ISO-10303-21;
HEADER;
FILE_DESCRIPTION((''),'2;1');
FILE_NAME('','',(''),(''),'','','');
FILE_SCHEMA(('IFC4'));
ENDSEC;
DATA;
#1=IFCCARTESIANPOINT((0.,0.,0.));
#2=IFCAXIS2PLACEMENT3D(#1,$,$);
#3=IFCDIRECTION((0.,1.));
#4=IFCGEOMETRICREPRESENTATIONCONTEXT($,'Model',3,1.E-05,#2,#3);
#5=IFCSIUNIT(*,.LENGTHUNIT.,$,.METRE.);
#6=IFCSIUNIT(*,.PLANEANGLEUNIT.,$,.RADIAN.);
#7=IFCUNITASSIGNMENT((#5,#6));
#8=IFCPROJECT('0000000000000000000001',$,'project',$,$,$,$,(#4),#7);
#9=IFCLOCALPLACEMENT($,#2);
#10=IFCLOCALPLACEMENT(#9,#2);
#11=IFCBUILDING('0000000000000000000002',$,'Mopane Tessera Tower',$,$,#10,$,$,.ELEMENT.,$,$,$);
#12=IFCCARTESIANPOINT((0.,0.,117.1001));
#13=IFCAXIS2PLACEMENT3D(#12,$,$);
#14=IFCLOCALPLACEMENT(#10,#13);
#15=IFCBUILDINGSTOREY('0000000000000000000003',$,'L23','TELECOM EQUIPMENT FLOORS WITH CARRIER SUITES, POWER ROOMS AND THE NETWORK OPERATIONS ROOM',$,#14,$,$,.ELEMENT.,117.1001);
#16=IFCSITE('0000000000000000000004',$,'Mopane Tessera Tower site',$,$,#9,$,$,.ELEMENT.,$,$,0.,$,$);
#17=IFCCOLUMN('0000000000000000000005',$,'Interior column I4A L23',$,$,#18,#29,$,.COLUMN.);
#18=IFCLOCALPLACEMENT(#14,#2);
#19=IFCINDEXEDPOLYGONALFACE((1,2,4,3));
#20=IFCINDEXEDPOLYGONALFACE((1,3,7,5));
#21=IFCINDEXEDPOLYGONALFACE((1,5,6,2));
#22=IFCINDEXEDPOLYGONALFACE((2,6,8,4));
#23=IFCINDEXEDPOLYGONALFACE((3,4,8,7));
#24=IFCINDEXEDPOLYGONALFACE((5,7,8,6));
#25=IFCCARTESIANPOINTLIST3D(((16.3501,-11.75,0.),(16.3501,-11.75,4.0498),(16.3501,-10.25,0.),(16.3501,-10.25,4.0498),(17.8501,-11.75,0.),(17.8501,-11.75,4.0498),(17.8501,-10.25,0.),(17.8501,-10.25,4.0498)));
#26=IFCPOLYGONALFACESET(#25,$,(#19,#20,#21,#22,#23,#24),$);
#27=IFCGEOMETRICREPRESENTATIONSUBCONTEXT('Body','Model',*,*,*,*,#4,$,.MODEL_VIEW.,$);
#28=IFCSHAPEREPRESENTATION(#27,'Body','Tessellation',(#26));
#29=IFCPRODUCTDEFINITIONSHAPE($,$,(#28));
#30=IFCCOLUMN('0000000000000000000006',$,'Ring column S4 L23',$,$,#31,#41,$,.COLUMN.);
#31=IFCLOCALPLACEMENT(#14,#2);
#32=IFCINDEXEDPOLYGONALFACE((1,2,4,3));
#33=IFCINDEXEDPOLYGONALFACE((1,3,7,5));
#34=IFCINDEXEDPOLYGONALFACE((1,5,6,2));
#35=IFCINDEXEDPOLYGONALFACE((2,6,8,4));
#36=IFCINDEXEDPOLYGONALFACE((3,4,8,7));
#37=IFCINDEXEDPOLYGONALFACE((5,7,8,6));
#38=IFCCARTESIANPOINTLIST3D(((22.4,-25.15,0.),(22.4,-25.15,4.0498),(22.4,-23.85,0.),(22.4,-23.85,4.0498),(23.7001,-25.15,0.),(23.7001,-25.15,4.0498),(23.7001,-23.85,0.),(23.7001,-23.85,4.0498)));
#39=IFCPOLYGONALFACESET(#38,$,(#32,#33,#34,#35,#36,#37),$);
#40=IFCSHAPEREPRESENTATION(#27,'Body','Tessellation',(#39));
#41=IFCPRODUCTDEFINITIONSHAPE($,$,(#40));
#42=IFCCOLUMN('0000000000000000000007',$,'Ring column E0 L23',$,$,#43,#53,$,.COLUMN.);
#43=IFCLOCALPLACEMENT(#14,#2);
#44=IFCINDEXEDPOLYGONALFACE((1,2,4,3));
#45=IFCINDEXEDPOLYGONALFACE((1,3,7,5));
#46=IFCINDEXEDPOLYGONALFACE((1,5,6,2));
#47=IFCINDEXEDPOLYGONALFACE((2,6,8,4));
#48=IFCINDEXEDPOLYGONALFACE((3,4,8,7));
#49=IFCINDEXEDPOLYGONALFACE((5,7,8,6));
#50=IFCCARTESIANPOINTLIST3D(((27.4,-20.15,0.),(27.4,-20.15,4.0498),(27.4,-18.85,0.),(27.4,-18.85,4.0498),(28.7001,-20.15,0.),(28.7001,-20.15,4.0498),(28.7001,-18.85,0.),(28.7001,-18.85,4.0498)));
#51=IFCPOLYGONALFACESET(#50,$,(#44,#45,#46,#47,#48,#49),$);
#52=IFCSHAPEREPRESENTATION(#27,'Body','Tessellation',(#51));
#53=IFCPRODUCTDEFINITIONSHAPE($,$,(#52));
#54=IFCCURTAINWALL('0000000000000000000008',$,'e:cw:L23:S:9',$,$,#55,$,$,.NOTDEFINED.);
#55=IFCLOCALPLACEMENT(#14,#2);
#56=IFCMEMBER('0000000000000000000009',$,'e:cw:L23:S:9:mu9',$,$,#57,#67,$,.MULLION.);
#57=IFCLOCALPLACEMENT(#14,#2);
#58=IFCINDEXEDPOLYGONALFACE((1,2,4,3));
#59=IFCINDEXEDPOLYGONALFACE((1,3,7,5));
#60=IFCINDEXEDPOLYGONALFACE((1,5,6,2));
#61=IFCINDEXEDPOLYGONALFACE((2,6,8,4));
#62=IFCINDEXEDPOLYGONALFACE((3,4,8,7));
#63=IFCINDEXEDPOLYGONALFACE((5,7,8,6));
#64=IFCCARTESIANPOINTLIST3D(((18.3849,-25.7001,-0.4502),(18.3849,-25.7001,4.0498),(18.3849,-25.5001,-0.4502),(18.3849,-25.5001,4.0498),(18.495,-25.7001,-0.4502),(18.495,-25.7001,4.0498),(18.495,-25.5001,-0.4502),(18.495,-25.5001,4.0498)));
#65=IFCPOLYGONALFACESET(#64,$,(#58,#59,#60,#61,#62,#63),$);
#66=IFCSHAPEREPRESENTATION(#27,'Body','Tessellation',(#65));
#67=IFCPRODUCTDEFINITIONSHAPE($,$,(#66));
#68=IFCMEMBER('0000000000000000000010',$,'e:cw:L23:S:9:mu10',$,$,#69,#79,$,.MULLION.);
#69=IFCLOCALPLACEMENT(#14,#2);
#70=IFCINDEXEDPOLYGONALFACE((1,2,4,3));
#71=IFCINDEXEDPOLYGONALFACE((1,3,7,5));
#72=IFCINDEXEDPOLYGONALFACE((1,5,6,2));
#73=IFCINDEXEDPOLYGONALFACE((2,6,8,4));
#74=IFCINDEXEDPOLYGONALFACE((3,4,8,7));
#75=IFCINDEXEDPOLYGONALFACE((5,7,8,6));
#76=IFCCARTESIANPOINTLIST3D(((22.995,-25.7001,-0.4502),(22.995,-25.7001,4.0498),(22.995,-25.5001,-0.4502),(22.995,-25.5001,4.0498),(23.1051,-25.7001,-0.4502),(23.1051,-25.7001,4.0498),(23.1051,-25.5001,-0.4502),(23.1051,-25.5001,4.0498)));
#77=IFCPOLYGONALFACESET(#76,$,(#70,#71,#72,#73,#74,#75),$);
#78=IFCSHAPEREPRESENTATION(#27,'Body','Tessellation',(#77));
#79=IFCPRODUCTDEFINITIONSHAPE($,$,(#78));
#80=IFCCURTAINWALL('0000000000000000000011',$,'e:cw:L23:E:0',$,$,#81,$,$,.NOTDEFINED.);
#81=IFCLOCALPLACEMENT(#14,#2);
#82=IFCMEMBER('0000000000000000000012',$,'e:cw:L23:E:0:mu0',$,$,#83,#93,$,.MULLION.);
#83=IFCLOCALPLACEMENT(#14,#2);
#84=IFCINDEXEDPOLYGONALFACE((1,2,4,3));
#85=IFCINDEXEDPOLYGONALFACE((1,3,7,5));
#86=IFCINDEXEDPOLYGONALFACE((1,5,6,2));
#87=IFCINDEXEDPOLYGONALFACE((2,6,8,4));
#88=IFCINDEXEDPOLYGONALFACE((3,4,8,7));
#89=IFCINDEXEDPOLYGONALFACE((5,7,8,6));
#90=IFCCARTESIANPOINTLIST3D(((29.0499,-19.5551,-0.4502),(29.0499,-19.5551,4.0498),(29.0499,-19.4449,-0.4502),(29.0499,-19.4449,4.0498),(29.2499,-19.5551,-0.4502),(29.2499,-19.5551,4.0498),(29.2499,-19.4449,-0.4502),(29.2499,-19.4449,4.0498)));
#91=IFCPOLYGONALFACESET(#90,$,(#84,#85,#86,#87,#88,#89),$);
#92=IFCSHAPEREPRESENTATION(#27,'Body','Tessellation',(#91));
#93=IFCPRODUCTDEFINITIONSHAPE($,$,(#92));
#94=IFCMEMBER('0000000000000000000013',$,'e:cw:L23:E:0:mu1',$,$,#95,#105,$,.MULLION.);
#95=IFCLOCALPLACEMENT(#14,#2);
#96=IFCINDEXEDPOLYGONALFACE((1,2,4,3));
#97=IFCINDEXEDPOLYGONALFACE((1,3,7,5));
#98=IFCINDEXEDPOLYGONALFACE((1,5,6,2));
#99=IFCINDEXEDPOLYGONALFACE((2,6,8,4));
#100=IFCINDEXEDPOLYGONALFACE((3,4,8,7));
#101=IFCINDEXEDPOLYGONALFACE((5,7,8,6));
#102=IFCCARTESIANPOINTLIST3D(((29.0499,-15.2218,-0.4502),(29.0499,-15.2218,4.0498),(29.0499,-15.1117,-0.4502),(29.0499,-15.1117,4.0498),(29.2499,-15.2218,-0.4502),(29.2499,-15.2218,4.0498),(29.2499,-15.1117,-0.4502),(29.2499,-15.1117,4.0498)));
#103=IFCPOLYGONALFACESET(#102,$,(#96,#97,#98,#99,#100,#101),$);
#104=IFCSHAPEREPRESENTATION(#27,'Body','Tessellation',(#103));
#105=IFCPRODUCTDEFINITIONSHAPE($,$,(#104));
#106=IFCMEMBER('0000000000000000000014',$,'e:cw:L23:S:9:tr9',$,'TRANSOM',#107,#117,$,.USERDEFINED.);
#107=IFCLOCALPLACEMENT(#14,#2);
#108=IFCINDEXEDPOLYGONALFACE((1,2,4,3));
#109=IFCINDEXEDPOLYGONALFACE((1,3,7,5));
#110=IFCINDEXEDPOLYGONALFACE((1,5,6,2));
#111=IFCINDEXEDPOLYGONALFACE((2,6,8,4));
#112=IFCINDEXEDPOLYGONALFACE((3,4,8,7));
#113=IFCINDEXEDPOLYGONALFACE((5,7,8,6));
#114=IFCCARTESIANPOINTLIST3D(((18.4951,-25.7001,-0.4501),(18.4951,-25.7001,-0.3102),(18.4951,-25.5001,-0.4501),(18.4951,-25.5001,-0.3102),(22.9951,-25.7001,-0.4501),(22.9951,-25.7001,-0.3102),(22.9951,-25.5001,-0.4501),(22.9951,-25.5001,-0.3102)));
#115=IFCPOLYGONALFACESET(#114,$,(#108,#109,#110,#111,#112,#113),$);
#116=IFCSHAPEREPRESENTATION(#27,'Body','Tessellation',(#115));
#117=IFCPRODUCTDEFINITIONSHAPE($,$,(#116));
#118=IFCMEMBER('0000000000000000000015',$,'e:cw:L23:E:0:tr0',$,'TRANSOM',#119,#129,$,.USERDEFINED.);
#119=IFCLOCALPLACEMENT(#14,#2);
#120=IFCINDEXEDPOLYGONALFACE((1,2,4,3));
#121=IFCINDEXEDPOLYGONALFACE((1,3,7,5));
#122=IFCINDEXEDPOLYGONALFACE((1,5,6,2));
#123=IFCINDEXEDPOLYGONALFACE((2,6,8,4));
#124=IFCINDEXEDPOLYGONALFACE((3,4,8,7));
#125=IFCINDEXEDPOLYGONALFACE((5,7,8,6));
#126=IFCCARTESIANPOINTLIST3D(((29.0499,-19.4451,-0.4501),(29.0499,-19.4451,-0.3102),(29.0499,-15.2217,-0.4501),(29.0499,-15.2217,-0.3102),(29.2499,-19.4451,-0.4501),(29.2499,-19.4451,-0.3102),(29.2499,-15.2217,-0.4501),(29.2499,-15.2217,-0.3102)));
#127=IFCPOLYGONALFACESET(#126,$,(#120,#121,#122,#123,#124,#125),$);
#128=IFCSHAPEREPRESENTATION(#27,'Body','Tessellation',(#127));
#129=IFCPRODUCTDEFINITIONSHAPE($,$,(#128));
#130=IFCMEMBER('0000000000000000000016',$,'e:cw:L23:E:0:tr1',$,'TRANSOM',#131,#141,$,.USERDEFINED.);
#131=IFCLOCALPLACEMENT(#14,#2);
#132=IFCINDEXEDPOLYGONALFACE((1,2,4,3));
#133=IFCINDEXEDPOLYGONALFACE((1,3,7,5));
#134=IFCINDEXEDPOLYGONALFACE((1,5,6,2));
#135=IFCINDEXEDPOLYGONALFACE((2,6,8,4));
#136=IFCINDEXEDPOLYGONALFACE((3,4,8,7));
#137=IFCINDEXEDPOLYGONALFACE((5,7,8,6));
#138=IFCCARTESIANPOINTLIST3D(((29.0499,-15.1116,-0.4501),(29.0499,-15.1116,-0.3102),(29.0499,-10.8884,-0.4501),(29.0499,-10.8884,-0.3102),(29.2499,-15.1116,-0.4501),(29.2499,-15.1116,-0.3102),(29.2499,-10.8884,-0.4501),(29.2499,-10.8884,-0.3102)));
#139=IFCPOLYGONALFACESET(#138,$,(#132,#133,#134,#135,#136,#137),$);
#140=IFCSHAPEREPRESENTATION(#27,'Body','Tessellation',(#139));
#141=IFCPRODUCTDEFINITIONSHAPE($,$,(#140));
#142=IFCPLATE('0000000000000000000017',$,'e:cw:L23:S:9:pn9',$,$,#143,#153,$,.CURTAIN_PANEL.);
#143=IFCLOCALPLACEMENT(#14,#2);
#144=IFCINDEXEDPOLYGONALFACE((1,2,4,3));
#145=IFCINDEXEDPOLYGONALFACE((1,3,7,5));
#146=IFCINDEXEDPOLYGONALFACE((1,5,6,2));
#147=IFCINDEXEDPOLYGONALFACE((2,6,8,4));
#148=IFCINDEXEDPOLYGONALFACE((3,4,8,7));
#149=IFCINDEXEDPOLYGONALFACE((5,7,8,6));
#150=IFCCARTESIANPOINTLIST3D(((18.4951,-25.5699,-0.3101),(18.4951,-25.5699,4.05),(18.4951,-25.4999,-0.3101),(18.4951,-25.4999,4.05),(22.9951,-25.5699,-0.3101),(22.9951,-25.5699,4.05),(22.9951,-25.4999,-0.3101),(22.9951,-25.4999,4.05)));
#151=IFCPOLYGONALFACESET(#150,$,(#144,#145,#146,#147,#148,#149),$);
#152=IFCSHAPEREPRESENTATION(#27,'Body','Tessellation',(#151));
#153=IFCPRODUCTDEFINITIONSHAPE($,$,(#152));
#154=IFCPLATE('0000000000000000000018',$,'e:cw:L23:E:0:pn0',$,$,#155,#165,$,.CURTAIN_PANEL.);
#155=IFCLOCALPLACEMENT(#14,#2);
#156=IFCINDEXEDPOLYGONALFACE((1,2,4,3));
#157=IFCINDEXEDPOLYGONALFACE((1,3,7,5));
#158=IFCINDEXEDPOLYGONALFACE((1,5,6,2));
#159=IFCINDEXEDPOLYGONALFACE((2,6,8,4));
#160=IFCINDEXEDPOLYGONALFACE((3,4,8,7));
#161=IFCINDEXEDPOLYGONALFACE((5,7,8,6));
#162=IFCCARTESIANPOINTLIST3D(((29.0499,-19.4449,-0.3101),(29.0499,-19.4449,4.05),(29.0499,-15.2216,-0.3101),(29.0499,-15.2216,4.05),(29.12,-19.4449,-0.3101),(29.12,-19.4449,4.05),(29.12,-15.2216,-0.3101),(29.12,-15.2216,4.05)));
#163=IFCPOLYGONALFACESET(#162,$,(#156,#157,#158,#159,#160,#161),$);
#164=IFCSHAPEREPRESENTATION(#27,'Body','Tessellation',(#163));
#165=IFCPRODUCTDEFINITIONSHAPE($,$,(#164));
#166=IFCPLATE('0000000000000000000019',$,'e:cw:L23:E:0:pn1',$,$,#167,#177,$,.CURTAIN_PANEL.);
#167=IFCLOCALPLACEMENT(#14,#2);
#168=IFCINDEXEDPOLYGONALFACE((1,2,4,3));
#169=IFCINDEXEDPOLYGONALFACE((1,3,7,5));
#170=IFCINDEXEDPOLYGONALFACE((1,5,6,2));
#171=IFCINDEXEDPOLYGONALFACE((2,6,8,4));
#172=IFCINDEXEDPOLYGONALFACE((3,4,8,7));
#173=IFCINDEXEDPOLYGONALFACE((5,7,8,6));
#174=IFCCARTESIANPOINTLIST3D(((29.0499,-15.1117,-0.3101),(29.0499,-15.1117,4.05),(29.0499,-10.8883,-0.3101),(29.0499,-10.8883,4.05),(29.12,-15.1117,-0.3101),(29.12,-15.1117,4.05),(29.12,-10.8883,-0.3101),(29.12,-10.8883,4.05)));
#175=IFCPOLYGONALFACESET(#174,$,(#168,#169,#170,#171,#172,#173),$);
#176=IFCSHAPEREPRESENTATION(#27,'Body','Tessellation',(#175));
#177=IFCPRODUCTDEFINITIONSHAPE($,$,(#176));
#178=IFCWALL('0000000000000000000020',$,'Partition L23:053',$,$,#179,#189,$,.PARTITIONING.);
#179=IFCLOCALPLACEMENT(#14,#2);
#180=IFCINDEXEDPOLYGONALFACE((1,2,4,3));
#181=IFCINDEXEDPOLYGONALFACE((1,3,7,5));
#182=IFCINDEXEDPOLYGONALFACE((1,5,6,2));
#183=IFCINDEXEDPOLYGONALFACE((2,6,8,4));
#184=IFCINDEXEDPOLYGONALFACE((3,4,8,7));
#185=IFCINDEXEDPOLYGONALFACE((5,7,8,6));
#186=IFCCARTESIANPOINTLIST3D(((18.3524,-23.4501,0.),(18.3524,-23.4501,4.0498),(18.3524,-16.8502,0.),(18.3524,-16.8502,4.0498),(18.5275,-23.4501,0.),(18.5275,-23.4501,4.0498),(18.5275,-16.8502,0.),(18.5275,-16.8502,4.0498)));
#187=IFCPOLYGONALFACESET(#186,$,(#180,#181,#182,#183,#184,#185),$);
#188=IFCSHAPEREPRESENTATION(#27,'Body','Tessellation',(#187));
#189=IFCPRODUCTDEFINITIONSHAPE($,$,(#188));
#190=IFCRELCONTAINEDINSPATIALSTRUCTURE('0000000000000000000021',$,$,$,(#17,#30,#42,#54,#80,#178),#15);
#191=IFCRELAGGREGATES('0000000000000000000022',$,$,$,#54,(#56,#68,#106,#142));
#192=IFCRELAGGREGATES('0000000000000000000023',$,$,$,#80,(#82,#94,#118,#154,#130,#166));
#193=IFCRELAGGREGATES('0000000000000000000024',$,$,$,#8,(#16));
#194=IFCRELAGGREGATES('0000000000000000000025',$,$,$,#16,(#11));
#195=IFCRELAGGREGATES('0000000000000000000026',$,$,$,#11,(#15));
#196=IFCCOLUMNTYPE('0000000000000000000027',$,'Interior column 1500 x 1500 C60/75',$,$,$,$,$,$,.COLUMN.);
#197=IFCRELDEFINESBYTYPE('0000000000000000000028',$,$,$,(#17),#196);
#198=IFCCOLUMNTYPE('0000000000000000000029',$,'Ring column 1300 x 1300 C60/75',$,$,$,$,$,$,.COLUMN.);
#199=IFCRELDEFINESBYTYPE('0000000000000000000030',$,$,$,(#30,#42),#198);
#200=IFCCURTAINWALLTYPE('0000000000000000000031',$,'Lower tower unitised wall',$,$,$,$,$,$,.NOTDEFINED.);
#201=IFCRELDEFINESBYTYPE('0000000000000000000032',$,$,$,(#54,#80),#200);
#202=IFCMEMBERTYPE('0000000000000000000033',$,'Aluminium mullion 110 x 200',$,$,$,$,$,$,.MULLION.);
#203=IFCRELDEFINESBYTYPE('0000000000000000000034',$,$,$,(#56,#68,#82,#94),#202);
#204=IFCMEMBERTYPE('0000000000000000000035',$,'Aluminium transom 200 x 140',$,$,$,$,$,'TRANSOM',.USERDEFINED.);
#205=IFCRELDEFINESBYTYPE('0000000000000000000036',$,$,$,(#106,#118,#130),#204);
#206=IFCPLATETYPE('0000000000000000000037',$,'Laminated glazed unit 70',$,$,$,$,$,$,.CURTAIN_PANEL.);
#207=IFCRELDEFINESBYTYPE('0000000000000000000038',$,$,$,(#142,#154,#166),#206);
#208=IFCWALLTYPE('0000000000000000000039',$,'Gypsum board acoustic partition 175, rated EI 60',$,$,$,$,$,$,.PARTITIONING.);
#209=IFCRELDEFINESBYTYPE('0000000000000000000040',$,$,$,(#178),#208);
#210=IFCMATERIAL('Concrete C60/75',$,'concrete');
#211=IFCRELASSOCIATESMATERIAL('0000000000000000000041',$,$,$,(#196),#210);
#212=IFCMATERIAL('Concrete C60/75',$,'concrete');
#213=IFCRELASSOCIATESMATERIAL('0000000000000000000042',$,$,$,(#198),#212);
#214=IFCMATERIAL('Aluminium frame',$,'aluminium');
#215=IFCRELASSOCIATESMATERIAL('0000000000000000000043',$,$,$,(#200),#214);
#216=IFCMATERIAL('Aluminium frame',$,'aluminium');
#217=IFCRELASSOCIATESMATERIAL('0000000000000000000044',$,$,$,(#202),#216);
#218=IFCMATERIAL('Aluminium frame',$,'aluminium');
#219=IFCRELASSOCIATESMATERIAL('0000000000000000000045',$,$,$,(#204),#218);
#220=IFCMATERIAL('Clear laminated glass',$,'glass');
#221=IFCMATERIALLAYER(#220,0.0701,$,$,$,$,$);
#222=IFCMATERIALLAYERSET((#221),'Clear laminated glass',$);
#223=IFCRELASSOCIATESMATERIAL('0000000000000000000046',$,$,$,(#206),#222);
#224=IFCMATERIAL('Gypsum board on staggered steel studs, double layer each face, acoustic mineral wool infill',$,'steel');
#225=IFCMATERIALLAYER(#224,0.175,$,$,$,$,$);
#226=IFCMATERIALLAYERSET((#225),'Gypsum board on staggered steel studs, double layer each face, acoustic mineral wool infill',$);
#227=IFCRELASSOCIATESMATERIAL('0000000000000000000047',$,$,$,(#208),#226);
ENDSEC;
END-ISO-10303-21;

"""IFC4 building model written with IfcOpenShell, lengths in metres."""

from ifc_helpers import new_model, si_unit, direction, frame, frame_2d, origin, origin_2d, place, context, subcontext, project, spatial, rectangle, extrude, material, layer, layer_set, material_profile, profile_set, type_object, element, aggregate, save


model = new_model("IFC4")

# Units and contexts
model_context = context("Model", 3, precision=1e-05, world=origin(), true_north=direction((0.0, 1.0)))
body_context = subcontext(model_context, "Body", "Model", "MODEL_VIEW")
ifc_project = project(units=[si_unit("LENGTHUNIT", "METRE"), si_unit("PLANEANGLEUNIT", "RADIAN")], contexts=[model_context])

# Site, building, storey
site_placement = place(None, origin())
site = spatial("IfcSite", under=ifc_project, at=site_placement, Name="Mopane Tessera Tower site", CompositionType="ELEMENT", RefElevation=0.0)
building_placement = place(site_placement, origin())
building = spatial("IfcBuilding", under=site, at=building_placement, Name="Mopane Tessera Tower", CompositionType="ELEMENT")
storey_placement = place(building_placement, frame((0.0, 0.0, 117.1001)))
storey = spatial("IfcBuildingStorey", under=building, at=storey_placement, Name="L23", Description="TELECOM EQUIPMENT FLOORS WITH CARRIER SUITES, POWER ROOMS AND THE NETWORK OPERATIONS ROOM", CompositionType="ELEMENT", Elevation=117.1001)

# Columns
ifc_material_1 = material(Name="Concrete C60/75", Category="concrete")
ifc_material_profile_1 = material_profile(ifc_material_1, rectangle(XDim=1.5, YDim=1.5, at=origin_2d()))
ifc_profile_set_1 = profile_set([ifc_material_profile_1], Name="Concrete C60/75")
column_type_1 = type_object("IfcColumnType", Name="Interior column 1500 x 1500 C60/75", PredefinedType="COLUMN", material=ifc_profile_set_1)
column_placement = place(storey_placement, frame((17.1001, -11.0, 0.0), z_axis=(0.0, 0.0, 1.0), x_axis=(1.0, 0.0, 0.0)))
element("IfcColumn", 1, at=column_placement, inside=storey, type_object=column_type_1, Name="Interior column I4A L23", PredefinedType="COLUMN", context=body_context, shape_type="SweptSolid", body=[
    extrude(rectangle(XDim=1.5, YDim=1.5, at=origin_2d()), origin(), (0.0, 0.0, 1.0), 4.0498),
])
ifc_material_2 = material(Name="Concrete C60/75", Category="concrete")
ifc_material_profile_2 = material_profile(ifc_material_2, rectangle(XDim=1.3, YDim=1.3, at=origin_2d()))
ifc_profile_set_2 = profile_set([ifc_material_profile_2], Name="Concrete C60/75")
column_type_2 = type_object("IfcColumnType", Name="Ring column 1300 x 1300 C60/75", PredefinedType="COLUMN", material=ifc_profile_set_2)
for number, where, z_axis, x_axis, name in (
    (2, (23.05, -24.5, 0.0), (0.0, 0.0, 1.0), (1.0, 0.0, 0.0), "Ring column S4 L23"),
    (3, (28.05, -19.5, 0.0), (0.0, 0.0, 1.0), (1.0, 0.0, 0.0), "Ring column E0 L23"),
):
    element("IfcColumn", number, at=place(storey_placement, frame(where, z_axis=z_axis, x_axis=x_axis)), inside=storey, type_object=column_type_2, Name=name, PredefinedType="COLUMN", context=body_context, shape_type="SweptSolid", body=[
        extrude(rectangle(XDim=1.3, YDim=1.3, at=origin_2d()), origin(), (0.0, 0.0, 1.0), 4.0498),
    ])

# Curtain walls, members
ifc_material_3 = material(Name="Aluminium frame", Category="aluminium")
curtain_wall_type = type_object("IfcCurtainWallType", Name="Lower tower unitised wall", PredefinedType="NOTDEFINED", material=ifc_material_3)
curtain_wall_1_placement = place(storey_placement, origin())
curtain_wall_1 = element("IfcCurtainWall", 4, at=curtain_wall_1_placement, inside=storey, type_object=curtain_wall_type, Name="e:cw:L23:S:9", PredefinedType="NOTDEFINED")
ifc_material_4 = material(Name="Aluminium frame", Category="aluminium")
ifc_material_profile_3 = material_profile(ifc_material_4, rectangle(XDim=0.1101, YDim=0.2, at=origin_2d()))
ifc_profile_set_3 = profile_set([ifc_material_profile_3], Name="Aluminium frame")
member_type_1 = type_object("IfcMemberType", Name="Aluminium mullion 110 x 200", PredefinedType="MULLION", material=ifc_profile_set_3)
member_1_placement = place(storey_placement, frame((18.4399, -25.6001, -0.4502), z_axis=(0.0, 0.0, 1.0), x_axis=(1.0, 0.0, 0.0)))
member_1 = element("IfcMember", 5, at=member_1_placement, type_object=member_type_1, Name="e:cw:L23:S:9:mu9", PredefinedType="MULLION", context=body_context, shape_type="SweptSolid", body=[
    extrude(rectangle(XDim=0.1101, YDim=0.2, at=origin_2d()), origin(), (0.0, 0.0, 1.0), 4.5),
])
member_2_placement = place(storey_placement, frame((23.05, -25.6001, -0.4502), z_axis=(0.0, 0.0, 1.0), x_axis=(1.0, 0.0, 0.0)))
member_2 = element("IfcMember", 6, at=member_2_placement, type_object=member_type_1, Name="e:cw:L23:S:9:mu10", PredefinedType="MULLION", context=body_context, shape_type="SweptSolid", body=[
    extrude(rectangle(XDim=0.1101, YDim=0.2, at=origin_2d()), origin(), (0.0, 0.0, 1.0), 4.5),
])
curtain_wall_2_placement = place(storey_placement, origin())
curtain_wall_2 = element("IfcCurtainWall", 7, at=curtain_wall_2_placement, inside=storey, type_object=curtain_wall_type, Name="e:cw:L23:E:0", PredefinedType="NOTDEFINED")
member_3_placement = place(storey_placement, frame((29.1499, -19.5, -0.4502), z_axis=(0.0, 0.0, 1.0), x_axis=(0.0, 1.0, 0.0)))
member_3 = element("IfcMember", 8, at=member_3_placement, type_object=member_type_1, Name="e:cw:L23:E:0:mu0", PredefinedType="MULLION", context=body_context, shape_type="SweptSolid", body=[
    extrude(rectangle(XDim=0.1101, YDim=0.2, at=origin_2d()), origin(), (0.0, 0.0, 1.0), 4.5),
])
member_4_placement = place(storey_placement, frame((29.1499, -15.1667, -0.4502), z_axis=(0.0, 0.0, 1.0), x_axis=(0.0, 1.0, 0.0)))
member_4 = element("IfcMember", 9, at=member_4_placement, type_object=member_type_1, Name="e:cw:L23:E:0:mu1", PredefinedType="MULLION", context=body_context, shape_type="SweptSolid", body=[
    extrude(rectangle(XDim=0.1101, YDim=0.2, at=origin_2d()), origin(), (0.0, 0.0, 1.0), 4.5),
])

# Members
ifc_material_5 = material(Name="Aluminium frame", Category="aluminium")
ifc_material_profile_4 = material_profile(ifc_material_5, rectangle(XDim=0.2, YDim=0.1399, at=origin_2d()))
ifc_profile_set_4 = profile_set([ifc_material_profile_4], Name="Aluminium frame")
member_type_2 = type_object("IfcMemberType", Name="Aluminium transom 200 x 140", ElementType="TRANSOM", PredefinedType="USERDEFINED", material=ifc_profile_set_4)
member_5_placement = place(storey_placement, frame((18.4951, -25.6001, -0.3801), z_axis=(1.0, 0.0, 0.0), x_axis=(0.0, 1.0, 0.0)))
member_5 = element("IfcMember", 10, at=member_5_placement, type_object=member_type_2, Name="e:cw:L23:S:9:tr9", ObjectType="TRANSOM", PredefinedType="USERDEFINED", context=body_context, shape_type="SweptSolid", body=[
    extrude(rectangle(XDim=0.2, YDim=0.1399, at=origin_2d()), origin(), (0.0, 0.0, 1.0), 4.5),
])
member_6_placement = place(storey_placement, frame((29.1499, -19.4451, -0.3801), z_axis=(0.0, 1.0, 0.0), x_axis=(-1.0, 0.0, 0.0)))
member_6 = element("IfcMember", 11, at=member_6_placement, type_object=member_type_2, Name="e:cw:L23:E:0:tr0", ObjectType="TRANSOM", PredefinedType="USERDEFINED", context=body_context, shape_type="SweptSolid", body=[
    extrude(rectangle(XDim=0.2, YDim=0.1399, at=origin_2d()), origin(), (0.0, 0.0, 1.0), 4.2234),
])
member_7_placement = place(storey_placement, frame((29.1499, -15.1116, -0.3801), z_axis=(0.0, 1.0, 0.0), x_axis=(-1.0, 0.0, 0.0)))
member_7 = element("IfcMember", 12, at=member_7_placement, type_object=member_type_2, Name="e:cw:L23:E:0:tr1", ObjectType="TRANSOM", PredefinedType="USERDEFINED", context=body_context, shape_type="SweptSolid", body=[
    extrude(rectangle(XDim=0.2, YDim=0.1399, at=origin_2d()), origin(), (0.0, 0.0, 1.0), 4.2231),
])

# Plates
ifc_material_6 = material(Name="Clear laminated glass", Category="glass")
ifc_layer_1 = layer(ifc_material_6, 0.0701)
ifc_layer_set_1 = layer_set([ifc_layer_1], Name="Clear laminated glass")
plate_type = type_object("IfcPlateType", Name="Laminated glazed unit 70", PredefinedType="CURTAIN_PANEL", material=ifc_layer_set_1)
plate_1_placement = place(storey_placement, frame((20.7451, -25.5349, -0.3101), z_axis=(0.0, 0.0, 1.0), x_axis=(1.0, 0.0, 0.0)))
plate_1 = element("IfcPlate", 13, at=plate_1_placement, type_object=plate_type, Name="e:cw:L23:S:9:pn9", PredefinedType="CURTAIN_PANEL", context=body_context, shape_type="SweptSolid", body=[
    extrude(rectangle(XDim=4.5, YDim=0.0701, at=origin_2d()), origin(), (0.0, 0.0, 1.0), 4.3601),
])
aggregate(curtain_wall_1, [member_1, member_2, member_5, plate_1])
plate_2_placement = place(storey_placement, frame((29.085, -17.3333, -0.3101), z_axis=(0.0, 0.0, 1.0), x_axis=(0.0, 1.0, 0.0)))
plate_2 = element("IfcPlate", 14, at=plate_2_placement, type_object=plate_type, Name="e:cw:L23:E:0:pn0", PredefinedType="CURTAIN_PANEL", context=body_context, shape_type="SweptSolid", body=[
    extrude(rectangle(XDim=4.2234, YDim=0.0701, at=origin_2d()), origin(), (0.0, 0.0, 1.0), 4.3601),
])
plate_3_placement = place(storey_placement, frame((29.085, -13.0, -0.3101), z_axis=(0.0, 0.0, 1.0), x_axis=(0.0, 1.0, 0.0)))
plate_3 = element("IfcPlate", 15, at=plate_3_placement, type_object=plate_type, Name="e:cw:L23:E:0:pn1", PredefinedType="CURTAIN_PANEL", context=body_context, shape_type="SweptSolid", body=[
    extrude(rectangle(XDim=4.2234, YDim=0.0701, at=origin_2d()), origin(), (0.0, 0.0, 1.0), 4.3601),
])
aggregate(curtain_wall_2, [member_3, member_4, member_6, plate_2, member_7, plate_3])

# Wall
ifc_material_7 = material(Name="Gypsum board on staggered steel studs, double layer each face, acoustic mineral wool infill", Category="steel")
ifc_layer_2 = layer(ifc_material_7, 0.175)
ifc_layer_set_2 = layer_set([ifc_layer_2], Name="Gypsum board on staggered steel studs, double layer each face, acoustic mineral wool infill")
wall_type_1 = type_object("IfcWallType", Name="Gypsum board acoustic partition 175, rated EI 60", PredefinedType="PARTITIONING", material=ifc_layer_set_2)
wall_1_placement = place(storey_placement, frame((18.4399, -23.45, 0.0), z_axis=(0.0, 0.0, 1.0), x_axis=(0.0, 1.0, 0.0)))
element("IfcWall", 16, at=wall_1_placement, inside=storey, type_object=wall_type_1, Name="Partition L23:053", PredefinedType="PARTITIONING", context=body_context, shape_type="SweptSolid", body=[
    extrude(rectangle(XDim=6.5999, YDim=0.175, at=frame_2d((3.2998, 0.0))), origin(), (0.0, 0.0, 1.0), 4.0498),
])

save(model, "model.ifc")
